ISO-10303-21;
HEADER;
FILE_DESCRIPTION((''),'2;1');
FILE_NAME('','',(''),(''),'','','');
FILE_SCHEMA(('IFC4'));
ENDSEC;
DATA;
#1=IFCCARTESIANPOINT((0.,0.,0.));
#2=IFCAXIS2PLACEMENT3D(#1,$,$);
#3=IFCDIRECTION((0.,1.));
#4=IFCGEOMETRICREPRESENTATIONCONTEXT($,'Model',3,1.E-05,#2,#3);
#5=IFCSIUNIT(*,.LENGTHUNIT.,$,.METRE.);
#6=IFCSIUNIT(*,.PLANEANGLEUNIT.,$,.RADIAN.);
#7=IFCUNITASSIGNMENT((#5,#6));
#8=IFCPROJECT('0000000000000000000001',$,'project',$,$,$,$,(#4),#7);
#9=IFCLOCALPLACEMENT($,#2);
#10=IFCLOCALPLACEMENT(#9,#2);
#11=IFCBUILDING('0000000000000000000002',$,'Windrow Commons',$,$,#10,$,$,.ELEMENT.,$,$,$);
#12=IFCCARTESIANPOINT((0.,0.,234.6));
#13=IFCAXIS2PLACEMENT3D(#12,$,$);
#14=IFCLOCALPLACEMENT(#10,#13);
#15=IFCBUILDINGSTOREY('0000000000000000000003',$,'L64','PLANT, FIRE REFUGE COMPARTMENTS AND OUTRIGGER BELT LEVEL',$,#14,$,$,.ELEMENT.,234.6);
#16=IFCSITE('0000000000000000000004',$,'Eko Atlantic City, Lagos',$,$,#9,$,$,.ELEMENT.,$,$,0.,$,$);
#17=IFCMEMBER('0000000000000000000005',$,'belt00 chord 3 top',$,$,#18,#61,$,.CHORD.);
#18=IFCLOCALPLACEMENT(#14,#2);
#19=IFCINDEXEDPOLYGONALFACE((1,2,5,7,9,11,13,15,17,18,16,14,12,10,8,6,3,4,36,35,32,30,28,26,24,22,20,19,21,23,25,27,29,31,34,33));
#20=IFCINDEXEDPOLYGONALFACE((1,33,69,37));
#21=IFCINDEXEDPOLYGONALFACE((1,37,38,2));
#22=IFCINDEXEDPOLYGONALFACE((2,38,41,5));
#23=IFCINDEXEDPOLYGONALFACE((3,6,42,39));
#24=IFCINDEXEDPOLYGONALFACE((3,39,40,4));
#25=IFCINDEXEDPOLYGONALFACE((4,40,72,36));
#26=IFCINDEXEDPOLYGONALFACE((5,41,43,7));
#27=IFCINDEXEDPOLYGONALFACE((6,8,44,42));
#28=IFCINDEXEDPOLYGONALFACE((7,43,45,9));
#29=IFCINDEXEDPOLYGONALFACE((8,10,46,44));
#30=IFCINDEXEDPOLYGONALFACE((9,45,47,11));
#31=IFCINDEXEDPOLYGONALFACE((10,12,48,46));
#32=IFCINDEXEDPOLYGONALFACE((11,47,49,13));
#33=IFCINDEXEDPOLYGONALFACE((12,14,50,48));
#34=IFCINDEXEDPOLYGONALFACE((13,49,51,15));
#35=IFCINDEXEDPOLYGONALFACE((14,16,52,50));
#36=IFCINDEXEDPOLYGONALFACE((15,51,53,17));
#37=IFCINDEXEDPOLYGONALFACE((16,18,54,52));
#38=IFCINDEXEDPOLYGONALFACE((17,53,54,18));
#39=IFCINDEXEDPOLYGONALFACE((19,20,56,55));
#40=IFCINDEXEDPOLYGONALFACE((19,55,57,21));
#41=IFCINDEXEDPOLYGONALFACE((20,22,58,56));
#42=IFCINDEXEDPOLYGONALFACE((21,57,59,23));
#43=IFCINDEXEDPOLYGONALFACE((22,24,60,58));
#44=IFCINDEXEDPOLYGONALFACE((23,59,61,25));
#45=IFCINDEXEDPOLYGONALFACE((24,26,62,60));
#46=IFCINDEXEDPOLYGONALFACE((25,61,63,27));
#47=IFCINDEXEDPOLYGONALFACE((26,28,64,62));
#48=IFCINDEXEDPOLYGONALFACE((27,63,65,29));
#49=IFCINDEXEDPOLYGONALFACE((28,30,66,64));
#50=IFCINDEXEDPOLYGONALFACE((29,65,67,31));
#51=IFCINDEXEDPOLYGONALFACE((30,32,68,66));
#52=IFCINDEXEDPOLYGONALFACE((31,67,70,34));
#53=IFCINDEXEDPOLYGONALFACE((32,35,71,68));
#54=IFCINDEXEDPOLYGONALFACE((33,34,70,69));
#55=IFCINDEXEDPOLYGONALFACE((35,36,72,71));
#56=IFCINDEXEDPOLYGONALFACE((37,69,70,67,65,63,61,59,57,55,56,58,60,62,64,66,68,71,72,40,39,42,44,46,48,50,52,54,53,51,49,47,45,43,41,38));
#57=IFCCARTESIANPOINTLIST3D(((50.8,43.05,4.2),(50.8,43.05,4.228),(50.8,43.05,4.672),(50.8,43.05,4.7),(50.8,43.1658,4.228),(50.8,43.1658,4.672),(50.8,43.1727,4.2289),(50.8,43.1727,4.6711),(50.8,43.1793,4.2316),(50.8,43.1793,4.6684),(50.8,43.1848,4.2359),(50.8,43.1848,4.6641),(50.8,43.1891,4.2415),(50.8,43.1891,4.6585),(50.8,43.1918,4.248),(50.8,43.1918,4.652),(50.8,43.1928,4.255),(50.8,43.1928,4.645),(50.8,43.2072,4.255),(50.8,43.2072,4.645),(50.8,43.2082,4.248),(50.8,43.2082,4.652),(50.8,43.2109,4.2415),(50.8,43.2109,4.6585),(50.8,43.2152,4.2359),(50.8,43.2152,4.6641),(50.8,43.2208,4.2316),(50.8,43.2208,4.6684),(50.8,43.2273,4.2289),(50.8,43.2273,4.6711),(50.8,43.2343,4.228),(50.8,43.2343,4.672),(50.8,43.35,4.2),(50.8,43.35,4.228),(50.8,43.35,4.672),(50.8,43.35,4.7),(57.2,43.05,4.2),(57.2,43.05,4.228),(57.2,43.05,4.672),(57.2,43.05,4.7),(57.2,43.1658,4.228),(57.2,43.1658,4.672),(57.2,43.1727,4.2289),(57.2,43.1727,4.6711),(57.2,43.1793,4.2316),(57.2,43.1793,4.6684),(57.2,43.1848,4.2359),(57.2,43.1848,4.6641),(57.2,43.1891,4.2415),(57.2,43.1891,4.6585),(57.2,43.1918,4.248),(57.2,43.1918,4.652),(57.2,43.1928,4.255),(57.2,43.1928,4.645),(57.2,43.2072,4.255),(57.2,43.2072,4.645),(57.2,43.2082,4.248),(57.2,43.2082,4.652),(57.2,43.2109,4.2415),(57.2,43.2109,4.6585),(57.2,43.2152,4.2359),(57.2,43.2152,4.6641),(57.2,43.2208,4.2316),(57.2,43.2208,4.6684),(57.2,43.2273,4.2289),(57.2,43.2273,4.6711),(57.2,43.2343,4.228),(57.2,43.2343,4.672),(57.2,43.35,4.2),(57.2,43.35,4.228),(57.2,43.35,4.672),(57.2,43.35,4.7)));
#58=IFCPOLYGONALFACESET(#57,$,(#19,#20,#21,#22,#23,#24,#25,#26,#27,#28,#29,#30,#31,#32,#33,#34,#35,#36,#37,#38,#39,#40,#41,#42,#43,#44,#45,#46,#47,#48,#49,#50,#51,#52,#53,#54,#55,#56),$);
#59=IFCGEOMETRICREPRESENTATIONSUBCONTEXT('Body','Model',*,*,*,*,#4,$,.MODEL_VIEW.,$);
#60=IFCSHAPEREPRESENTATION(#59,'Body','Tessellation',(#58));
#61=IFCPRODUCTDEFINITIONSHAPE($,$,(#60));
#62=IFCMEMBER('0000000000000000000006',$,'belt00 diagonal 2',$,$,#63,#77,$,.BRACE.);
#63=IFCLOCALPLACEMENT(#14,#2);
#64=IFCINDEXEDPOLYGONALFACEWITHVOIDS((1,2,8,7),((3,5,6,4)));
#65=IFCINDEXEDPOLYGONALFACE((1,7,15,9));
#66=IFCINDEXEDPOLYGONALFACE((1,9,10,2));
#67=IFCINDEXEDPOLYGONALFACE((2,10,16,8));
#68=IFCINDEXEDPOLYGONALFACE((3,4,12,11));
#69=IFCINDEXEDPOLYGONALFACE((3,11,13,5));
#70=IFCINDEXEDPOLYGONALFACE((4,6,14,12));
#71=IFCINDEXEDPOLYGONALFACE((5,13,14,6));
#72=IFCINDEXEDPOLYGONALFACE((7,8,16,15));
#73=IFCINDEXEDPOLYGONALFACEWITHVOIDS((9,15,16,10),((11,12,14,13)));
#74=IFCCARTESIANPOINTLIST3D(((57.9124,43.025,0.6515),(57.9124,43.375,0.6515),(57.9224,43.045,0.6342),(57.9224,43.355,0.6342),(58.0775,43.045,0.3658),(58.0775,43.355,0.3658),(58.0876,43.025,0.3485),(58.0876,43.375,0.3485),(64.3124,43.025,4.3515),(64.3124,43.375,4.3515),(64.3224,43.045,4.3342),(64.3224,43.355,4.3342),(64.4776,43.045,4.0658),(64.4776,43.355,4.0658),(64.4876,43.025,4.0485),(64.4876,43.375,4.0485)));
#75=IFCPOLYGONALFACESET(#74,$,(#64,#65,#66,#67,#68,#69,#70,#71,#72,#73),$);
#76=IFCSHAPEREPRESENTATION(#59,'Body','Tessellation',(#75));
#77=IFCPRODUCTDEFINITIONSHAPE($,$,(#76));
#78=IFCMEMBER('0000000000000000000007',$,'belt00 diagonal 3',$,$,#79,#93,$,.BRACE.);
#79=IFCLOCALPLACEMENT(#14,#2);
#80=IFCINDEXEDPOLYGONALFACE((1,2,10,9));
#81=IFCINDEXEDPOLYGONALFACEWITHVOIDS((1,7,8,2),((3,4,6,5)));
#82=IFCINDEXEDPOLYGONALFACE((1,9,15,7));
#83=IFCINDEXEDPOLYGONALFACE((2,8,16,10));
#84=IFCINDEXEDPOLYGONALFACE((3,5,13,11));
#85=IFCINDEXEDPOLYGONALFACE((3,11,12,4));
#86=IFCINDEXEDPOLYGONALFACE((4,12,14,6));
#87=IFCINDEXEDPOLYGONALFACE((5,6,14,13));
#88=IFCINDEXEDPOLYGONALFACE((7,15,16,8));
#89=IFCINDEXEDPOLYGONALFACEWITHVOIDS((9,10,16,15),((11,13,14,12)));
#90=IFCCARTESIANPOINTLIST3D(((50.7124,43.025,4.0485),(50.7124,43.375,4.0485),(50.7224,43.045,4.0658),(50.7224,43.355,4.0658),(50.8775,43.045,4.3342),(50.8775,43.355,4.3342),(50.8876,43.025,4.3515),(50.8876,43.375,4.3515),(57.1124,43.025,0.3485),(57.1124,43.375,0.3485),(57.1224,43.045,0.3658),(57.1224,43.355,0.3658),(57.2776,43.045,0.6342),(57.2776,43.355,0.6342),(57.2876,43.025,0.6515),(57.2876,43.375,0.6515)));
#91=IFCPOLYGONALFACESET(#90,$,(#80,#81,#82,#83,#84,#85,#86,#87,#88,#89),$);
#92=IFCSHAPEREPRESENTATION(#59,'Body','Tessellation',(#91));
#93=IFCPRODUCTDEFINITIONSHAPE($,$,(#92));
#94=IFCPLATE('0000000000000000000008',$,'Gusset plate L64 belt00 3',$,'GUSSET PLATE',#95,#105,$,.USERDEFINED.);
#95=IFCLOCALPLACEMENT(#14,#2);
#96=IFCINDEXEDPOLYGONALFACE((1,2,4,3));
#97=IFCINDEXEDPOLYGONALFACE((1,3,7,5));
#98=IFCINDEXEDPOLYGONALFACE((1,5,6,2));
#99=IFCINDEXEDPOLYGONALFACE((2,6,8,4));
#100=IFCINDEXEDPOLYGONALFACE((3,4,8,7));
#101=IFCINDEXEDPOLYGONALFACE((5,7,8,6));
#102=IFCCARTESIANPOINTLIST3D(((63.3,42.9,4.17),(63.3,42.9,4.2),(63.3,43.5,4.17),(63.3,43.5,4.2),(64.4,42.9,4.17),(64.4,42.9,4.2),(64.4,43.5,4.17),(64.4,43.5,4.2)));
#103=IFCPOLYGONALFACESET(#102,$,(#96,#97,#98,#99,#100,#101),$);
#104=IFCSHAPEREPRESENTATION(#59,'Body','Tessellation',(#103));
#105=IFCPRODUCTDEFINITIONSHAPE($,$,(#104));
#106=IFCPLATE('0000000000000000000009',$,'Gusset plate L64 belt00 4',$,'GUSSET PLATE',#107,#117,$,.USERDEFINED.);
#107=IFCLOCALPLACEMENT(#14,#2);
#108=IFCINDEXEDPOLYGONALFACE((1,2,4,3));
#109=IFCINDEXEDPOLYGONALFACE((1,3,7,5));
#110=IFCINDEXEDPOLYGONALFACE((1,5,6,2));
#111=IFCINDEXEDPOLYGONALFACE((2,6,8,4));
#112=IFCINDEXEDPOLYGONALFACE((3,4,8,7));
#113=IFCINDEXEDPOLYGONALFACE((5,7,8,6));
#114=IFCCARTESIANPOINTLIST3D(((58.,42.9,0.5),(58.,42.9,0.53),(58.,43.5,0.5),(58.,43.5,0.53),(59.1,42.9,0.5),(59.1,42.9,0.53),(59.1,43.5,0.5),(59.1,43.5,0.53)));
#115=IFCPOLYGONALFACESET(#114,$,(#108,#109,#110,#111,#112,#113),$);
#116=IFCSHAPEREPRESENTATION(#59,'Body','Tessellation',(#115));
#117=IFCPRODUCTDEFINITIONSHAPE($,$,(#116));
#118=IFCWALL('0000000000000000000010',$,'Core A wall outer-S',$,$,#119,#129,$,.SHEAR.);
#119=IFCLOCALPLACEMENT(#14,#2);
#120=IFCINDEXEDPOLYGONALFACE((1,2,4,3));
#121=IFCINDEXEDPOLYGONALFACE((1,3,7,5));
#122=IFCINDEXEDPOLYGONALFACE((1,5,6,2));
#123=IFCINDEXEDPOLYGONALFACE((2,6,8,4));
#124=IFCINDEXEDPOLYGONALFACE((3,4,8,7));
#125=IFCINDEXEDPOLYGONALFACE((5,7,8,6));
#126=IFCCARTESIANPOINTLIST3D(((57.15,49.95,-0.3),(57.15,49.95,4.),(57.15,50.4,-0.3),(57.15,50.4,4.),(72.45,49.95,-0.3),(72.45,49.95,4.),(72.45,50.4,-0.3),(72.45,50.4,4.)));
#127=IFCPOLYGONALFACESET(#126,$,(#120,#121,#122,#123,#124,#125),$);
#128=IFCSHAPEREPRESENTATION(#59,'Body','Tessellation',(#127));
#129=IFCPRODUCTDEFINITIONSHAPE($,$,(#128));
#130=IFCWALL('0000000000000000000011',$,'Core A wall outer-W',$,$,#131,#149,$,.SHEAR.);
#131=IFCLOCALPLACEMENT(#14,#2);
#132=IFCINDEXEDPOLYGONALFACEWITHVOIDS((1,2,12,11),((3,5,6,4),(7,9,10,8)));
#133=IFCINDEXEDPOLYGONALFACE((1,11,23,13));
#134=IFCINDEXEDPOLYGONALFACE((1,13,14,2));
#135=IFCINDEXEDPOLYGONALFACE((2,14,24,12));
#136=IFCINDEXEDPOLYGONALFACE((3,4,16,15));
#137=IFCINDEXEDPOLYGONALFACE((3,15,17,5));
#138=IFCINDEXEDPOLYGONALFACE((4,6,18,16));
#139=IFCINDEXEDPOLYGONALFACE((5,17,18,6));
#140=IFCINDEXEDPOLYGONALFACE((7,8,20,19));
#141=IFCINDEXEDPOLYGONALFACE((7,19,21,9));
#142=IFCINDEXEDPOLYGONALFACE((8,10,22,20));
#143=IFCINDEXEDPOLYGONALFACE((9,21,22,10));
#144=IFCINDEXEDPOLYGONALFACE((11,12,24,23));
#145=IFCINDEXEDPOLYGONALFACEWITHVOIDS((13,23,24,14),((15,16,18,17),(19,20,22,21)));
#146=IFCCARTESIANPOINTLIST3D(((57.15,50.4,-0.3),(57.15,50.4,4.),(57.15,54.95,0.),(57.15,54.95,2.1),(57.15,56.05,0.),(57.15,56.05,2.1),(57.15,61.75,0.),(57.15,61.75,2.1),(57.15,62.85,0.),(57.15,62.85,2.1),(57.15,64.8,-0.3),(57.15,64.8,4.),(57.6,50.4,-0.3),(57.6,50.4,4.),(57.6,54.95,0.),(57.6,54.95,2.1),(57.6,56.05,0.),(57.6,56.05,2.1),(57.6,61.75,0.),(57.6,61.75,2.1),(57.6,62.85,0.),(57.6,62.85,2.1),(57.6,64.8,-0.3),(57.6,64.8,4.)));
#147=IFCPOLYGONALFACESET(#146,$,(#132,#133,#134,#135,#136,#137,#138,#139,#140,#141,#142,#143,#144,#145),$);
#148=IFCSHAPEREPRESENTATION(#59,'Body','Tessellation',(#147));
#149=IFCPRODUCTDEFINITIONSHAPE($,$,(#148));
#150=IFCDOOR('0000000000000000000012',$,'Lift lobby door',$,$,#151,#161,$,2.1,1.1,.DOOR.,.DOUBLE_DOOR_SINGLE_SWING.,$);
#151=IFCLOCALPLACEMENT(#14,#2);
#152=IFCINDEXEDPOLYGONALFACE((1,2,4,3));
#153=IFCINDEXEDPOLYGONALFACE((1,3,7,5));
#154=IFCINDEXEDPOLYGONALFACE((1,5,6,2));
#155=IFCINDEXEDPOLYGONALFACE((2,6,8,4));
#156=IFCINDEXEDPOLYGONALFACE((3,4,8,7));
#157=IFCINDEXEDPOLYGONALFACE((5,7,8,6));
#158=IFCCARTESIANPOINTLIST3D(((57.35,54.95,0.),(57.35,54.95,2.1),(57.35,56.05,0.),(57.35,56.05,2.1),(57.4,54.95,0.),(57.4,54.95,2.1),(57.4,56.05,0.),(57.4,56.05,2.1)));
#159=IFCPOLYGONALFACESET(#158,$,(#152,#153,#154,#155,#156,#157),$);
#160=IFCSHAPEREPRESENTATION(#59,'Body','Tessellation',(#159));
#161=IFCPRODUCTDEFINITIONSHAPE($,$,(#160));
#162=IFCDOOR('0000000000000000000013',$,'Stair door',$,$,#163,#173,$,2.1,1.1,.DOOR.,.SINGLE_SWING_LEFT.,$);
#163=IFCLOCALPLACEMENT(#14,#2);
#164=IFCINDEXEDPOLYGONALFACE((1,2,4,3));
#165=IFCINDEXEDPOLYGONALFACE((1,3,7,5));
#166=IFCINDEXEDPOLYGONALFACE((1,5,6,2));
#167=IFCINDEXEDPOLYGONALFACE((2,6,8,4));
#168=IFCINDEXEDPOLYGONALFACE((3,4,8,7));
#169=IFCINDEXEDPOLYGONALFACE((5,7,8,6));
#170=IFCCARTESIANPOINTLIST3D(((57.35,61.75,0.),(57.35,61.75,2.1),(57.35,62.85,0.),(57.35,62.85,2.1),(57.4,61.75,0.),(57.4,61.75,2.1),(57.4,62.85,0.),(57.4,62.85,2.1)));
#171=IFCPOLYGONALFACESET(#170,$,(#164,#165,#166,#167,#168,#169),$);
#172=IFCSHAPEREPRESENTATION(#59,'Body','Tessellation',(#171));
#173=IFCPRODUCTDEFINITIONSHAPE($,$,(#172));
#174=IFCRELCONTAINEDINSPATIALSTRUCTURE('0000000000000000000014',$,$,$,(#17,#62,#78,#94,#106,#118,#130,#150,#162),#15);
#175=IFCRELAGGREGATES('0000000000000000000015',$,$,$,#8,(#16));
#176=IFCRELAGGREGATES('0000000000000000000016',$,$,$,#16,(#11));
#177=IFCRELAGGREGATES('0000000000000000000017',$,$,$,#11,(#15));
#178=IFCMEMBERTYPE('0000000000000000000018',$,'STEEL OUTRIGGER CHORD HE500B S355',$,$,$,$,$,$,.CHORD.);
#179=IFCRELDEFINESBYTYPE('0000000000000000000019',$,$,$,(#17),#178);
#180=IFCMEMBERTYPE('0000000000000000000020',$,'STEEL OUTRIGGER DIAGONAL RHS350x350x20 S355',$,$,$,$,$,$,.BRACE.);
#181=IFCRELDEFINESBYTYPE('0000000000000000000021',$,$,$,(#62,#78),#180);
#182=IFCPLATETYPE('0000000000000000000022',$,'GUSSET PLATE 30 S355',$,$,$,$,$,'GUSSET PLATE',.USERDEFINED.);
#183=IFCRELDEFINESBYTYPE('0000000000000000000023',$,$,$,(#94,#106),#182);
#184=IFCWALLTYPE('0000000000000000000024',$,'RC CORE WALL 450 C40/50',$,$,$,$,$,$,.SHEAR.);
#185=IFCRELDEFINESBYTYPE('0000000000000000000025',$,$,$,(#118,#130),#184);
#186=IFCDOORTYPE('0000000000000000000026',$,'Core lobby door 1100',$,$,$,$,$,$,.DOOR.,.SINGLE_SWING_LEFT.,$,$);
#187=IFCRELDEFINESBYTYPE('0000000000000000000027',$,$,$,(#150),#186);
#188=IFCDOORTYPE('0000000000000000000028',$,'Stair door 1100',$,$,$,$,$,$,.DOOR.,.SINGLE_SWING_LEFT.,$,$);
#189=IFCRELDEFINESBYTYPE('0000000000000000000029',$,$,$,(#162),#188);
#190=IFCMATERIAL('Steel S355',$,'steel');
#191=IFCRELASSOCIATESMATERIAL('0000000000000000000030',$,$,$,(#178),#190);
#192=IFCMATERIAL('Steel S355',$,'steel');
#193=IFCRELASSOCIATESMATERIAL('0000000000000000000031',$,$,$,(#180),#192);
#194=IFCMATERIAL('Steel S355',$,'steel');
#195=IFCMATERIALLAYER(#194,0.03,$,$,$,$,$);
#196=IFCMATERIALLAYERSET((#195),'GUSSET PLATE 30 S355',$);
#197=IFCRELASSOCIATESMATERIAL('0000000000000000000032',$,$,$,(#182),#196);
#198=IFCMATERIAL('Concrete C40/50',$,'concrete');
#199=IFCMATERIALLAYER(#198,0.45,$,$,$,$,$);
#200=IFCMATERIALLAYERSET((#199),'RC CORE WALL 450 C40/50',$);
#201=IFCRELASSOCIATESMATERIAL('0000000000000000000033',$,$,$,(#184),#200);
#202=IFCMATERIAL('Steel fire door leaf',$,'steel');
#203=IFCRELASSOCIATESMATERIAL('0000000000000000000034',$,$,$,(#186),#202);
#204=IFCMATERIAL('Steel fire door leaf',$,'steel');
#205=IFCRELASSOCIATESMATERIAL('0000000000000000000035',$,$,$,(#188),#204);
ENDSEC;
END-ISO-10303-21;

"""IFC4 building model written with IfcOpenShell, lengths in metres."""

from ifc_helpers import new_model, si_unit, direction, frame, frame_2d, origin, origin_2d, place, context, subcontext, project, spatial, rectangle, hollow_rectangle, i_section, extrude, material, layer, layer_set, material_profile, profile_set, type_object, element, fill, save


model = new_model("IFC4")

# Units and contexts
model_context = context("Model", 3, precision=1e-05, world=origin(), true_north=direction((0.0, 1.0)))
body_context = subcontext(model_context, "Body", "Model", "MODEL_VIEW")
ifc_project = project(units=[si_unit("LENGTHUNIT", "METRE"), si_unit("PLANEANGLEUNIT", "RADIAN")], contexts=[model_context])

# Site, building, storey
site_placement = place(None, origin())
site = spatial("IfcSite", under=ifc_project, at=site_placement, Name="Eko Atlantic City, Lagos", CompositionType="ELEMENT", RefElevation=0.0)
building_placement = place(site_placement, origin())
building = spatial("IfcBuilding", under=site, at=building_placement, Name="Windrow Commons", CompositionType="ELEMENT")
storey_placement = place(building_placement, frame((0.0, 0.0, 234.6)))
storey = spatial("IfcBuildingStorey", under=building, at=storey_placement, Name="L64", Description="PLANT, FIRE REFUGE COMPARTMENTS AND OUTRIGGER BELT LEVEL", CompositionType="ELEMENT", Elevation=234.6)

# Members
ifc_material_1 = material(Name="Steel S355", Category="steel")
ifc_material_profile_1 = material_profile(ifc_material_1, i_section(OverallWidth=0.3, OverallDepth=0.5, WebThickness=0.0145, FlangeThickness=0.028, FilletRadius=0.027, at=origin_2d()))
ifc_profile_set_1 = profile_set([ifc_material_profile_1], Name="Steel S355")
member_type_1 = type_object("IfcMemberType", Name="STEEL OUTRIGGER CHORD HE500B S355", PredefinedType="CHORD", material=ifc_profile_set_1)
for number, where, z_axis, x_axis, name in (
    (1, (57.2, 43.2, 4.45), (-1.0, 0.0, 0.0), (0.0, -1.0, 0.0), "belt00 chord 3 top"),
):
    element("IfcMember", number, at=place(storey_placement, frame(where, z_axis=z_axis, x_axis=x_axis)), inside=storey, type_object=member_type_1, Name=name, PredefinedType="CHORD", context=body_context, shape_type="SweptSolid", body=[
        extrude(i_section(OverallWidth=0.3, OverallDepth=0.5, WebThickness=0.0145, FlangeThickness=0.028, FilletRadius=0.027, at=origin_2d()), origin(), (0.0, 0.0, 1.0), 6.4),
    ])
ifc_material_2 = material(Name="Steel S355", Category="steel")
ifc_material_profile_2 = material_profile(ifc_material_2, hollow_rectangle(XDim=0.35, YDim=0.35, WallThickness=0.02, at=origin_2d()))
ifc_profile_set_2 = profile_set([ifc_material_profile_2], Name="Steel S355")
member_type_2 = type_object("IfcMemberType", Name="STEEL OUTRIGGER DIAGONAL RHS350x350x20 S355", PredefinedType="BRACE", material=ifc_profile_set_2)
for number, where, z_axis, x_axis, name in (
    (2, (64.4, 43.2, 4.2), (-0.865735, 0.0, -0.500503), (0.0, -1.0, 0.0), "belt00 diagonal 2"),
    (3, (57.2, 43.2, 0.5), (-0.865735, 0.0, 0.500503), (0.0, -1.0, 0.0), "belt00 diagonal 3"),
):
    element("IfcMember", number, at=place(storey_placement, frame(where, z_axis=z_axis, x_axis=x_axis)), inside=storey, type_object=member_type_2, Name=name, PredefinedType="BRACE", context=body_context, shape_type="SweptSolid", body=[
        extrude(hollow_rectangle(XDim=0.35, YDim=0.35, WallThickness=0.02, at=origin_2d()), origin(), (0.0, 0.0, 1.0), 7.3926),
    ])

# Plates
ifc_material_3 = material(Name="Steel S355", Category="steel")
ifc_layer_1 = layer(ifc_material_3, 0.03)
ifc_layer_set_1 = layer_set([ifc_layer_1], Name="GUSSET PLATE 30 S355")
plate_type = type_object("IfcPlateType", Name="GUSSET PLATE 30 S355", ElementType="GUSSET PLATE", PredefinedType="USERDEFINED", material=ifc_layer_set_1)
for number, where, z_axis, x_axis, name in (
    (4, (63.85, 43.2, 4.17), (0.0, 0.0, 1.0), (-1.0, 0.0, 0.0), "Gusset plate L64 belt00 3"),
    (5, (58.55, 43.2, 0.5), (0.0, 0.0, 1.0), (-1.0, 0.0, 0.0), "Gusset plate L64 belt00 4"),
):
    element("IfcPlate", number, at=place(storey_placement, frame(where, z_axis=z_axis, x_axis=x_axis)), inside=storey, type_object=plate_type, Name=name, ObjectType="GUSSET PLATE", PredefinedType="USERDEFINED", context=body_context, shape_type="SweptSolid", body=[
        extrude(rectangle(XDim=1.1, YDim=0.6, at=origin_2d()), origin(), (0.0, 0.0, 1.0), 0.03),
    ])

# Wall
ifc_material_4 = material(Name="Concrete C40/50", Category="concrete")
ifc_layer_2 = layer(ifc_material_4, 0.45)
ifc_layer_set_2 = layer_set([ifc_layer_2], Name="RC CORE WALL 450 C40/50")
wall_type_1 = type_object("IfcWallType", Name="RC CORE WALL 450 C40/50", PredefinedType="SHEAR", material=ifc_layer_set_2)
wall_1_placement = place(storey_placement, frame((57.15, 50.175, -0.3), z_axis=(0.0, 0.0, 1.0), x_axis=(1.0, 0.0, 0.0)))
element("IfcWall", 6, at=wall_1_placement, inside=storey, type_object=wall_type_1, Name="Core A wall outer-S", PredefinedType="SHEAR", context=body_context, shape_type="SweptSolid", body=[
    extrude(rectangle(XDim=15.3, YDim=0.45, at=frame_2d((7.65, 0.0))), origin(), (0.0, 0.0, 1.0), 4.3),
])

# Wall, openings, doors
wall_2_placement = place(storey_placement, frame((57.375, 50.4, -0.3), z_axis=(0.0, 0.0, 1.0), x_axis=(0.0, 1.0, 0.0)))
wall_2 = element("IfcWall", 7, at=wall_2_placement, inside=storey, type_object=wall_type_1, Name="Core A wall outer-W", PredefinedType="SHEAR", context=body_context, shape_type="SweptSolid", body=[
    extrude(rectangle(XDim=14.4, YDim=0.45, at=frame_2d((7.2, 0.0))), origin(), (0.0, 0.0, 1.0), 4.3),
])
opening_1_placement = place(wall_2_placement, frame((4.55, 0.0, 0.3)))
opening_1 = element("IfcOpeningElement", 8, at=opening_1_placement, cuts=wall_2, PredefinedType="OPENING", context=body_context, shape_type="SweptSolid", body=[
    extrude(rectangle(XDim=1.1, YDim=2.1, at=frame_2d((0.55, 1.05))), frame((0.0, 0.235, 0.0), z_axis=(0.0, -1.0, 0.0), x_axis=(1.0, 0.0, 0.0)), (0.0, 0.0, 1.0), 0.47),
])
opening_2_placement = place(wall_2_placement, frame((11.35, 0.0, 0.3)))
opening_2 = element("IfcOpeningElement", 9, at=opening_2_placement, cuts=wall_2, PredefinedType="OPENING", context=body_context, shape_type="SweptSolid", body=[
    extrude(rectangle(XDim=1.1, YDim=2.1, at=frame_2d((0.55, 1.05))), frame((0.0, 0.235, 0.0), z_axis=(0.0, -1.0, 0.0), x_axis=(1.0, 0.0, 0.0)), (0.0, 0.0, 1.0), 0.47),
])
ifc_material_5 = material(Name="Steel fire door leaf", Category="steel")
door_type_1 = type_object("IfcDoorType", Name="Core lobby door 1100", OperationType="SINGLE_SWING_LEFT", PredefinedType="DOOR", material=ifc_material_5)
door_1_placement = place(opening_1_placement, origin())
door_1 = element("IfcDoor", 10, at=door_1_placement, inside=storey, type_object=door_type_1, Name="Lift lobby door", OperationType="DOUBLE_DOOR_SINGLE_SWING", OverallHeight=2.1, OverallWidth=1.1, PredefinedType="DOOR", context=body_context, shape_type="SweptSolid", body=[
    extrude(rectangle(XDim=1.1, YDim=2.1, at=frame_2d((0.55, 1.05))), frame((0.0, 0.025, 0.0), z_axis=(0.0, -1.0, 0.0), x_axis=(1.0, 0.0, 0.0)), (0.0, 0.0, 1.0), 0.05),
])
fill(opening_1, door_1)
ifc_material_6 = material(Name="Steel fire door leaf", Category="steel")
door_type_2 = type_object("IfcDoorType", Name="Stair door 1100", OperationType="SINGLE_SWING_LEFT", PredefinedType="DOOR", material=ifc_material_6)
door_2_placement = place(opening_2_placement, origin())
door_2 = element("IfcDoor", 11, at=door_2_placement, inside=storey, type_object=door_type_2, Name="Stair door", OperationType="SINGLE_SWING_LEFT", OverallHeight=2.1, OverallWidth=1.1, PredefinedType="DOOR", context=body_context, shape_type="SweptSolid", body=[
    extrude(rectangle(XDim=1.1, YDim=2.1, at=frame_2d((0.55, 1.05))), frame((0.0, 0.025, 0.0), z_axis=(0.0, -1.0, 0.0), x_axis=(1.0, 0.0, 0.0)), (0.0, 0.0, 1.0), 0.05),
])
fill(opening_2, door_2)

save(model, "model.ifc")
